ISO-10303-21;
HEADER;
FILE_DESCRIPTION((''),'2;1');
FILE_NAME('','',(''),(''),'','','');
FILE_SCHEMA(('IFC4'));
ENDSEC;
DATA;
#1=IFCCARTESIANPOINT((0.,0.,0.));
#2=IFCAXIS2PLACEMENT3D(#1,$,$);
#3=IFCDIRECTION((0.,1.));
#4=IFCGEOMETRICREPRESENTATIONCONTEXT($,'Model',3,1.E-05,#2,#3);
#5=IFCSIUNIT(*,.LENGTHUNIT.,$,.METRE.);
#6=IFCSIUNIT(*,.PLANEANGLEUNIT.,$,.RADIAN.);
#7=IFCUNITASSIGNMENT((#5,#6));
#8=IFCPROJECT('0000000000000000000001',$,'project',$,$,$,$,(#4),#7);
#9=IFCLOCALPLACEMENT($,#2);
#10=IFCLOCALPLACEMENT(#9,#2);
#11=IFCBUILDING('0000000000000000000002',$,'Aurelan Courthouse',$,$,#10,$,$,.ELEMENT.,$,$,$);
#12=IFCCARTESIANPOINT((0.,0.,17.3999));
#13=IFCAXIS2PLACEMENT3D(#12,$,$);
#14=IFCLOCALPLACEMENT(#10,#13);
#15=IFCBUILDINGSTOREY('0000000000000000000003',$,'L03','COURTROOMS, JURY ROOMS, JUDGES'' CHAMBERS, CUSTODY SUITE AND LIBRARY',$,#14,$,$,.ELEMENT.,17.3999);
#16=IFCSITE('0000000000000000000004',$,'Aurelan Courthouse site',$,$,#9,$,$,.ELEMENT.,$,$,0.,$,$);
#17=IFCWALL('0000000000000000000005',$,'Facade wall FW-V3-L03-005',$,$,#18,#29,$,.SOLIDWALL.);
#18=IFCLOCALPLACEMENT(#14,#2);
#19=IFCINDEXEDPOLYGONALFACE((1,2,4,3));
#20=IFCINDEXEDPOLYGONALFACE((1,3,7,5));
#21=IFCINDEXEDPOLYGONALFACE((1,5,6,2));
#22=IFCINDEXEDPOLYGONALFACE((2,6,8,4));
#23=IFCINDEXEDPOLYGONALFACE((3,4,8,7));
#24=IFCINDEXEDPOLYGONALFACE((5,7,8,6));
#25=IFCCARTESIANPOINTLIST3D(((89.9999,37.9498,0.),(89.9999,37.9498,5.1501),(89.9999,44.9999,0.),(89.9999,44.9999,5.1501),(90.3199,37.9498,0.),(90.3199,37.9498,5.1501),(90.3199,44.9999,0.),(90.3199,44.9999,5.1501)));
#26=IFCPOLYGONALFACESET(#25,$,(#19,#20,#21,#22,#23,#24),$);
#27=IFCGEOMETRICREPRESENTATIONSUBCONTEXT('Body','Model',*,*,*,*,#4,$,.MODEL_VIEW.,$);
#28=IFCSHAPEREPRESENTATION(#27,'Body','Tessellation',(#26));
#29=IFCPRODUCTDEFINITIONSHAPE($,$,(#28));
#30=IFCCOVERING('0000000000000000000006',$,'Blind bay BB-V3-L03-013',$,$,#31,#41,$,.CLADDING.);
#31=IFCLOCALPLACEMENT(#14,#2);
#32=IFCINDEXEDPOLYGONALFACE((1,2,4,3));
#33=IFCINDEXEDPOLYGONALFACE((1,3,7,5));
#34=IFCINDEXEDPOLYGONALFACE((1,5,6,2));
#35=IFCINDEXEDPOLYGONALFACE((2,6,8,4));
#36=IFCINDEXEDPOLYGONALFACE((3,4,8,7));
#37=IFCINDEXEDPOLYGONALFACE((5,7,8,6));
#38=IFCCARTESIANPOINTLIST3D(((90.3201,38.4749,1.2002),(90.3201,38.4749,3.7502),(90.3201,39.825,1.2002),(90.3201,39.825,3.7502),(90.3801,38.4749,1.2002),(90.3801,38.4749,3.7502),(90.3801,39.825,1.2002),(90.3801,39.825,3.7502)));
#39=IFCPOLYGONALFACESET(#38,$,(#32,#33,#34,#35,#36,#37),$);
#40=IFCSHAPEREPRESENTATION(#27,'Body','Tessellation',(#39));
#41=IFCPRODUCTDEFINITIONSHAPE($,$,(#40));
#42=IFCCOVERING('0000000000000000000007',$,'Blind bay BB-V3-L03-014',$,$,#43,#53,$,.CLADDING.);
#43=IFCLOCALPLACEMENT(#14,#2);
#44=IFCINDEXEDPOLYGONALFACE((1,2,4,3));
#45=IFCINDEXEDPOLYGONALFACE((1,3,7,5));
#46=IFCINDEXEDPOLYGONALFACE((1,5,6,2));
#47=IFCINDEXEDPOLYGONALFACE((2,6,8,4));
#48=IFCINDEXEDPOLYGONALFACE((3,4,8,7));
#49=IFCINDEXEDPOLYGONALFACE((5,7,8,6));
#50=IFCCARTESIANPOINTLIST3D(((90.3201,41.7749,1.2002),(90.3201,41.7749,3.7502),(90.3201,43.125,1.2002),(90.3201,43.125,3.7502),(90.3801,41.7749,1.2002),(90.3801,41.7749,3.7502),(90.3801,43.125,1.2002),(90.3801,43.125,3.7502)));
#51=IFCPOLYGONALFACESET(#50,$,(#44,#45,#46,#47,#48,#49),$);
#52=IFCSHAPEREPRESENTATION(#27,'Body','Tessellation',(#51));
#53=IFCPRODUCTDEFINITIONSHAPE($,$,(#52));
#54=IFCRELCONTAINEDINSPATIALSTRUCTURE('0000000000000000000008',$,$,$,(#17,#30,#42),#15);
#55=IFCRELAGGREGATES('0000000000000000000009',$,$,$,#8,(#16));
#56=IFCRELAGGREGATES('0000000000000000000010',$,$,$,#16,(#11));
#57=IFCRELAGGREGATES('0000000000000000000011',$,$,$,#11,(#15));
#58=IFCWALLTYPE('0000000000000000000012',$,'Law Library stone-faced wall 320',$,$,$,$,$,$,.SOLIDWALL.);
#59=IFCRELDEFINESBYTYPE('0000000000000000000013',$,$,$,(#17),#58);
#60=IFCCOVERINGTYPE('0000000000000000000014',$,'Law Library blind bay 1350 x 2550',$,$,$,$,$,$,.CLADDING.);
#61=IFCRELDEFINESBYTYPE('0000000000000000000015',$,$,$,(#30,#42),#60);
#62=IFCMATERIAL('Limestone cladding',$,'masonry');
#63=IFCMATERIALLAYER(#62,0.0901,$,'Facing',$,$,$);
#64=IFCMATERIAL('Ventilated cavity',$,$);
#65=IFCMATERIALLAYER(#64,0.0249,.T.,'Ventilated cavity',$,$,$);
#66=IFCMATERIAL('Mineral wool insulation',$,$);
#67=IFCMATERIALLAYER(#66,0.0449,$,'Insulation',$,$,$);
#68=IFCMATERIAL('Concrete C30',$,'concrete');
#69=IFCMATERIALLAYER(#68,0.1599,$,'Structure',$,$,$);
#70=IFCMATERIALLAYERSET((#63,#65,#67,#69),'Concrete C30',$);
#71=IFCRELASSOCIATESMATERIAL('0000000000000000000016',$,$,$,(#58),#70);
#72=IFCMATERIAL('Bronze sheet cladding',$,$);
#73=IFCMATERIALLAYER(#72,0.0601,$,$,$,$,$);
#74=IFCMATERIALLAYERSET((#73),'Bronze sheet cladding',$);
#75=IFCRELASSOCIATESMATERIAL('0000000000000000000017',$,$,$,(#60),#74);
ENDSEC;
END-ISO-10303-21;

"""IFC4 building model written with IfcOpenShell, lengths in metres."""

from ifc_helpers import new_model, si_unit, direction, frame, frame_2d, origin, origin_2d, place, context, subcontext, project, spatial, rectangle, extrude, material, layer, layer_set, type_object, element, save


model = new_model("IFC4")

# Units and contexts
model_context = context("Model", 3, precision=1e-05, world=origin(), true_north=direction((0.0, 1.0)))
body_context = subcontext(model_context, "Body", "Model", "MODEL_VIEW")
ifc_project = project(units=[si_unit("LENGTHUNIT", "METRE"), si_unit("PLANEANGLEUNIT", "RADIAN")], contexts=[model_context])

# Site, building, storey
site_placement = place(None, origin())
site = spatial("IfcSite", under=ifc_project, at=site_placement, Name="Aurelan Courthouse site", CompositionType="ELEMENT", RefElevation=0.0)
building_placement = place(site_placement, origin())
building = spatial("IfcBuilding", under=site, at=building_placement, Name="Aurelan Courthouse", CompositionType="ELEMENT")
storey_placement = place(building_placement, frame((0.0, 0.0, 17.3999)))
storey = spatial("IfcBuildingStorey", under=building, at=storey_placement, Name="L03", Description="COURTROOMS, JURY ROOMS, JUDGES' CHAMBERS, CUSTODY SUITE AND LIBRARY", CompositionType="ELEMENT", Elevation=17.3999)

# Wall
ifc_material_1 = material(Name="Limestone cladding", Category="masonry")
ifc_layer_1 = layer(ifc_material_1, 0.0901, Name="Facing")
ifc_material_2 = material(Name="Ventilated cavity")
ifc_layer_2 = layer(ifc_material_2, 0.0249, ventilated=True, Name="Ventilated cavity")
ifc_material_3 = material(Name="Mineral wool insulation")
ifc_layer_3 = layer(ifc_material_3, 0.0449, Name="Insulation")
ifc_material_4 = material(Name="Concrete C30", Category="concrete")
ifc_layer_4 = layer(ifc_material_4, 0.1599, Name="Structure")
ifc_layer_set_1 = layer_set([ifc_layer_1, ifc_layer_2, ifc_layer_3, ifc_layer_4], Name="Concrete C30")
wall_type = type_object("IfcWallType", Name="Law Library stone-faced wall 320", PredefinedType="SOLIDWALL", material=ifc_layer_set_1)
wall_placement = place(storey_placement, frame((90.1599, 37.95, 0.0), z_axis=(0.0, 0.0, 1.0), x_axis=(0.0, 1.0, 0.0)))
element("IfcWall", 1, at=wall_placement, inside=storey, type_object=wall_type, Name="Facade wall FW-V3-L03-005", PredefinedType="SOLIDWALL", context=body_context, shape_type="SweptSolid", body=[
    extrude(rectangle(XDim=7.05, YDim=0.3201, at=frame_2d((3.5249, 0.0))), origin(), (0.0, 0.0, 1.0), 5.1501),
])

# Coverings
ifc_material_5 = material(Name="Bronze sheet cladding")
ifc_layer_5 = layer(ifc_material_5, 0.0601)
ifc_layer_set_2 = layer_set([ifc_layer_5], Name="Bronze sheet cladding")
covering_type = type_object("IfcCoveringType", Name="Law Library blind bay 1350 x 2550", PredefinedType="CLADDING", material=ifc_layer_set_2)
for number, where, z_axis, x_axis, name in (
    (2, (90.3501, 39.1499, 1.2002), (0.0, 0.0, 1.0), (1.0, 0.0, 0.0), "Blind bay BB-V3-L03-013"),
    (3, (90.3501, 42.45, 1.2002), (0.0, 0.0, 1.0), (1.0, 0.0, 0.0), "Blind bay BB-V3-L03-014"),
):
    element("IfcCovering", number, at=place(storey_placement, frame(where, z_axis=z_axis, x_axis=x_axis)), inside=storey, type_object=covering_type, Name=name, PredefinedType="CLADDING", context=body_context, shape_type="SweptSolid", body=[
        extrude(rectangle(XDim=0.0601, YDim=1.3501, at=origin_2d()), origin(), (0.0, 0.0, 1.0), 2.55),
    ])

save(model, "model.ifc")
